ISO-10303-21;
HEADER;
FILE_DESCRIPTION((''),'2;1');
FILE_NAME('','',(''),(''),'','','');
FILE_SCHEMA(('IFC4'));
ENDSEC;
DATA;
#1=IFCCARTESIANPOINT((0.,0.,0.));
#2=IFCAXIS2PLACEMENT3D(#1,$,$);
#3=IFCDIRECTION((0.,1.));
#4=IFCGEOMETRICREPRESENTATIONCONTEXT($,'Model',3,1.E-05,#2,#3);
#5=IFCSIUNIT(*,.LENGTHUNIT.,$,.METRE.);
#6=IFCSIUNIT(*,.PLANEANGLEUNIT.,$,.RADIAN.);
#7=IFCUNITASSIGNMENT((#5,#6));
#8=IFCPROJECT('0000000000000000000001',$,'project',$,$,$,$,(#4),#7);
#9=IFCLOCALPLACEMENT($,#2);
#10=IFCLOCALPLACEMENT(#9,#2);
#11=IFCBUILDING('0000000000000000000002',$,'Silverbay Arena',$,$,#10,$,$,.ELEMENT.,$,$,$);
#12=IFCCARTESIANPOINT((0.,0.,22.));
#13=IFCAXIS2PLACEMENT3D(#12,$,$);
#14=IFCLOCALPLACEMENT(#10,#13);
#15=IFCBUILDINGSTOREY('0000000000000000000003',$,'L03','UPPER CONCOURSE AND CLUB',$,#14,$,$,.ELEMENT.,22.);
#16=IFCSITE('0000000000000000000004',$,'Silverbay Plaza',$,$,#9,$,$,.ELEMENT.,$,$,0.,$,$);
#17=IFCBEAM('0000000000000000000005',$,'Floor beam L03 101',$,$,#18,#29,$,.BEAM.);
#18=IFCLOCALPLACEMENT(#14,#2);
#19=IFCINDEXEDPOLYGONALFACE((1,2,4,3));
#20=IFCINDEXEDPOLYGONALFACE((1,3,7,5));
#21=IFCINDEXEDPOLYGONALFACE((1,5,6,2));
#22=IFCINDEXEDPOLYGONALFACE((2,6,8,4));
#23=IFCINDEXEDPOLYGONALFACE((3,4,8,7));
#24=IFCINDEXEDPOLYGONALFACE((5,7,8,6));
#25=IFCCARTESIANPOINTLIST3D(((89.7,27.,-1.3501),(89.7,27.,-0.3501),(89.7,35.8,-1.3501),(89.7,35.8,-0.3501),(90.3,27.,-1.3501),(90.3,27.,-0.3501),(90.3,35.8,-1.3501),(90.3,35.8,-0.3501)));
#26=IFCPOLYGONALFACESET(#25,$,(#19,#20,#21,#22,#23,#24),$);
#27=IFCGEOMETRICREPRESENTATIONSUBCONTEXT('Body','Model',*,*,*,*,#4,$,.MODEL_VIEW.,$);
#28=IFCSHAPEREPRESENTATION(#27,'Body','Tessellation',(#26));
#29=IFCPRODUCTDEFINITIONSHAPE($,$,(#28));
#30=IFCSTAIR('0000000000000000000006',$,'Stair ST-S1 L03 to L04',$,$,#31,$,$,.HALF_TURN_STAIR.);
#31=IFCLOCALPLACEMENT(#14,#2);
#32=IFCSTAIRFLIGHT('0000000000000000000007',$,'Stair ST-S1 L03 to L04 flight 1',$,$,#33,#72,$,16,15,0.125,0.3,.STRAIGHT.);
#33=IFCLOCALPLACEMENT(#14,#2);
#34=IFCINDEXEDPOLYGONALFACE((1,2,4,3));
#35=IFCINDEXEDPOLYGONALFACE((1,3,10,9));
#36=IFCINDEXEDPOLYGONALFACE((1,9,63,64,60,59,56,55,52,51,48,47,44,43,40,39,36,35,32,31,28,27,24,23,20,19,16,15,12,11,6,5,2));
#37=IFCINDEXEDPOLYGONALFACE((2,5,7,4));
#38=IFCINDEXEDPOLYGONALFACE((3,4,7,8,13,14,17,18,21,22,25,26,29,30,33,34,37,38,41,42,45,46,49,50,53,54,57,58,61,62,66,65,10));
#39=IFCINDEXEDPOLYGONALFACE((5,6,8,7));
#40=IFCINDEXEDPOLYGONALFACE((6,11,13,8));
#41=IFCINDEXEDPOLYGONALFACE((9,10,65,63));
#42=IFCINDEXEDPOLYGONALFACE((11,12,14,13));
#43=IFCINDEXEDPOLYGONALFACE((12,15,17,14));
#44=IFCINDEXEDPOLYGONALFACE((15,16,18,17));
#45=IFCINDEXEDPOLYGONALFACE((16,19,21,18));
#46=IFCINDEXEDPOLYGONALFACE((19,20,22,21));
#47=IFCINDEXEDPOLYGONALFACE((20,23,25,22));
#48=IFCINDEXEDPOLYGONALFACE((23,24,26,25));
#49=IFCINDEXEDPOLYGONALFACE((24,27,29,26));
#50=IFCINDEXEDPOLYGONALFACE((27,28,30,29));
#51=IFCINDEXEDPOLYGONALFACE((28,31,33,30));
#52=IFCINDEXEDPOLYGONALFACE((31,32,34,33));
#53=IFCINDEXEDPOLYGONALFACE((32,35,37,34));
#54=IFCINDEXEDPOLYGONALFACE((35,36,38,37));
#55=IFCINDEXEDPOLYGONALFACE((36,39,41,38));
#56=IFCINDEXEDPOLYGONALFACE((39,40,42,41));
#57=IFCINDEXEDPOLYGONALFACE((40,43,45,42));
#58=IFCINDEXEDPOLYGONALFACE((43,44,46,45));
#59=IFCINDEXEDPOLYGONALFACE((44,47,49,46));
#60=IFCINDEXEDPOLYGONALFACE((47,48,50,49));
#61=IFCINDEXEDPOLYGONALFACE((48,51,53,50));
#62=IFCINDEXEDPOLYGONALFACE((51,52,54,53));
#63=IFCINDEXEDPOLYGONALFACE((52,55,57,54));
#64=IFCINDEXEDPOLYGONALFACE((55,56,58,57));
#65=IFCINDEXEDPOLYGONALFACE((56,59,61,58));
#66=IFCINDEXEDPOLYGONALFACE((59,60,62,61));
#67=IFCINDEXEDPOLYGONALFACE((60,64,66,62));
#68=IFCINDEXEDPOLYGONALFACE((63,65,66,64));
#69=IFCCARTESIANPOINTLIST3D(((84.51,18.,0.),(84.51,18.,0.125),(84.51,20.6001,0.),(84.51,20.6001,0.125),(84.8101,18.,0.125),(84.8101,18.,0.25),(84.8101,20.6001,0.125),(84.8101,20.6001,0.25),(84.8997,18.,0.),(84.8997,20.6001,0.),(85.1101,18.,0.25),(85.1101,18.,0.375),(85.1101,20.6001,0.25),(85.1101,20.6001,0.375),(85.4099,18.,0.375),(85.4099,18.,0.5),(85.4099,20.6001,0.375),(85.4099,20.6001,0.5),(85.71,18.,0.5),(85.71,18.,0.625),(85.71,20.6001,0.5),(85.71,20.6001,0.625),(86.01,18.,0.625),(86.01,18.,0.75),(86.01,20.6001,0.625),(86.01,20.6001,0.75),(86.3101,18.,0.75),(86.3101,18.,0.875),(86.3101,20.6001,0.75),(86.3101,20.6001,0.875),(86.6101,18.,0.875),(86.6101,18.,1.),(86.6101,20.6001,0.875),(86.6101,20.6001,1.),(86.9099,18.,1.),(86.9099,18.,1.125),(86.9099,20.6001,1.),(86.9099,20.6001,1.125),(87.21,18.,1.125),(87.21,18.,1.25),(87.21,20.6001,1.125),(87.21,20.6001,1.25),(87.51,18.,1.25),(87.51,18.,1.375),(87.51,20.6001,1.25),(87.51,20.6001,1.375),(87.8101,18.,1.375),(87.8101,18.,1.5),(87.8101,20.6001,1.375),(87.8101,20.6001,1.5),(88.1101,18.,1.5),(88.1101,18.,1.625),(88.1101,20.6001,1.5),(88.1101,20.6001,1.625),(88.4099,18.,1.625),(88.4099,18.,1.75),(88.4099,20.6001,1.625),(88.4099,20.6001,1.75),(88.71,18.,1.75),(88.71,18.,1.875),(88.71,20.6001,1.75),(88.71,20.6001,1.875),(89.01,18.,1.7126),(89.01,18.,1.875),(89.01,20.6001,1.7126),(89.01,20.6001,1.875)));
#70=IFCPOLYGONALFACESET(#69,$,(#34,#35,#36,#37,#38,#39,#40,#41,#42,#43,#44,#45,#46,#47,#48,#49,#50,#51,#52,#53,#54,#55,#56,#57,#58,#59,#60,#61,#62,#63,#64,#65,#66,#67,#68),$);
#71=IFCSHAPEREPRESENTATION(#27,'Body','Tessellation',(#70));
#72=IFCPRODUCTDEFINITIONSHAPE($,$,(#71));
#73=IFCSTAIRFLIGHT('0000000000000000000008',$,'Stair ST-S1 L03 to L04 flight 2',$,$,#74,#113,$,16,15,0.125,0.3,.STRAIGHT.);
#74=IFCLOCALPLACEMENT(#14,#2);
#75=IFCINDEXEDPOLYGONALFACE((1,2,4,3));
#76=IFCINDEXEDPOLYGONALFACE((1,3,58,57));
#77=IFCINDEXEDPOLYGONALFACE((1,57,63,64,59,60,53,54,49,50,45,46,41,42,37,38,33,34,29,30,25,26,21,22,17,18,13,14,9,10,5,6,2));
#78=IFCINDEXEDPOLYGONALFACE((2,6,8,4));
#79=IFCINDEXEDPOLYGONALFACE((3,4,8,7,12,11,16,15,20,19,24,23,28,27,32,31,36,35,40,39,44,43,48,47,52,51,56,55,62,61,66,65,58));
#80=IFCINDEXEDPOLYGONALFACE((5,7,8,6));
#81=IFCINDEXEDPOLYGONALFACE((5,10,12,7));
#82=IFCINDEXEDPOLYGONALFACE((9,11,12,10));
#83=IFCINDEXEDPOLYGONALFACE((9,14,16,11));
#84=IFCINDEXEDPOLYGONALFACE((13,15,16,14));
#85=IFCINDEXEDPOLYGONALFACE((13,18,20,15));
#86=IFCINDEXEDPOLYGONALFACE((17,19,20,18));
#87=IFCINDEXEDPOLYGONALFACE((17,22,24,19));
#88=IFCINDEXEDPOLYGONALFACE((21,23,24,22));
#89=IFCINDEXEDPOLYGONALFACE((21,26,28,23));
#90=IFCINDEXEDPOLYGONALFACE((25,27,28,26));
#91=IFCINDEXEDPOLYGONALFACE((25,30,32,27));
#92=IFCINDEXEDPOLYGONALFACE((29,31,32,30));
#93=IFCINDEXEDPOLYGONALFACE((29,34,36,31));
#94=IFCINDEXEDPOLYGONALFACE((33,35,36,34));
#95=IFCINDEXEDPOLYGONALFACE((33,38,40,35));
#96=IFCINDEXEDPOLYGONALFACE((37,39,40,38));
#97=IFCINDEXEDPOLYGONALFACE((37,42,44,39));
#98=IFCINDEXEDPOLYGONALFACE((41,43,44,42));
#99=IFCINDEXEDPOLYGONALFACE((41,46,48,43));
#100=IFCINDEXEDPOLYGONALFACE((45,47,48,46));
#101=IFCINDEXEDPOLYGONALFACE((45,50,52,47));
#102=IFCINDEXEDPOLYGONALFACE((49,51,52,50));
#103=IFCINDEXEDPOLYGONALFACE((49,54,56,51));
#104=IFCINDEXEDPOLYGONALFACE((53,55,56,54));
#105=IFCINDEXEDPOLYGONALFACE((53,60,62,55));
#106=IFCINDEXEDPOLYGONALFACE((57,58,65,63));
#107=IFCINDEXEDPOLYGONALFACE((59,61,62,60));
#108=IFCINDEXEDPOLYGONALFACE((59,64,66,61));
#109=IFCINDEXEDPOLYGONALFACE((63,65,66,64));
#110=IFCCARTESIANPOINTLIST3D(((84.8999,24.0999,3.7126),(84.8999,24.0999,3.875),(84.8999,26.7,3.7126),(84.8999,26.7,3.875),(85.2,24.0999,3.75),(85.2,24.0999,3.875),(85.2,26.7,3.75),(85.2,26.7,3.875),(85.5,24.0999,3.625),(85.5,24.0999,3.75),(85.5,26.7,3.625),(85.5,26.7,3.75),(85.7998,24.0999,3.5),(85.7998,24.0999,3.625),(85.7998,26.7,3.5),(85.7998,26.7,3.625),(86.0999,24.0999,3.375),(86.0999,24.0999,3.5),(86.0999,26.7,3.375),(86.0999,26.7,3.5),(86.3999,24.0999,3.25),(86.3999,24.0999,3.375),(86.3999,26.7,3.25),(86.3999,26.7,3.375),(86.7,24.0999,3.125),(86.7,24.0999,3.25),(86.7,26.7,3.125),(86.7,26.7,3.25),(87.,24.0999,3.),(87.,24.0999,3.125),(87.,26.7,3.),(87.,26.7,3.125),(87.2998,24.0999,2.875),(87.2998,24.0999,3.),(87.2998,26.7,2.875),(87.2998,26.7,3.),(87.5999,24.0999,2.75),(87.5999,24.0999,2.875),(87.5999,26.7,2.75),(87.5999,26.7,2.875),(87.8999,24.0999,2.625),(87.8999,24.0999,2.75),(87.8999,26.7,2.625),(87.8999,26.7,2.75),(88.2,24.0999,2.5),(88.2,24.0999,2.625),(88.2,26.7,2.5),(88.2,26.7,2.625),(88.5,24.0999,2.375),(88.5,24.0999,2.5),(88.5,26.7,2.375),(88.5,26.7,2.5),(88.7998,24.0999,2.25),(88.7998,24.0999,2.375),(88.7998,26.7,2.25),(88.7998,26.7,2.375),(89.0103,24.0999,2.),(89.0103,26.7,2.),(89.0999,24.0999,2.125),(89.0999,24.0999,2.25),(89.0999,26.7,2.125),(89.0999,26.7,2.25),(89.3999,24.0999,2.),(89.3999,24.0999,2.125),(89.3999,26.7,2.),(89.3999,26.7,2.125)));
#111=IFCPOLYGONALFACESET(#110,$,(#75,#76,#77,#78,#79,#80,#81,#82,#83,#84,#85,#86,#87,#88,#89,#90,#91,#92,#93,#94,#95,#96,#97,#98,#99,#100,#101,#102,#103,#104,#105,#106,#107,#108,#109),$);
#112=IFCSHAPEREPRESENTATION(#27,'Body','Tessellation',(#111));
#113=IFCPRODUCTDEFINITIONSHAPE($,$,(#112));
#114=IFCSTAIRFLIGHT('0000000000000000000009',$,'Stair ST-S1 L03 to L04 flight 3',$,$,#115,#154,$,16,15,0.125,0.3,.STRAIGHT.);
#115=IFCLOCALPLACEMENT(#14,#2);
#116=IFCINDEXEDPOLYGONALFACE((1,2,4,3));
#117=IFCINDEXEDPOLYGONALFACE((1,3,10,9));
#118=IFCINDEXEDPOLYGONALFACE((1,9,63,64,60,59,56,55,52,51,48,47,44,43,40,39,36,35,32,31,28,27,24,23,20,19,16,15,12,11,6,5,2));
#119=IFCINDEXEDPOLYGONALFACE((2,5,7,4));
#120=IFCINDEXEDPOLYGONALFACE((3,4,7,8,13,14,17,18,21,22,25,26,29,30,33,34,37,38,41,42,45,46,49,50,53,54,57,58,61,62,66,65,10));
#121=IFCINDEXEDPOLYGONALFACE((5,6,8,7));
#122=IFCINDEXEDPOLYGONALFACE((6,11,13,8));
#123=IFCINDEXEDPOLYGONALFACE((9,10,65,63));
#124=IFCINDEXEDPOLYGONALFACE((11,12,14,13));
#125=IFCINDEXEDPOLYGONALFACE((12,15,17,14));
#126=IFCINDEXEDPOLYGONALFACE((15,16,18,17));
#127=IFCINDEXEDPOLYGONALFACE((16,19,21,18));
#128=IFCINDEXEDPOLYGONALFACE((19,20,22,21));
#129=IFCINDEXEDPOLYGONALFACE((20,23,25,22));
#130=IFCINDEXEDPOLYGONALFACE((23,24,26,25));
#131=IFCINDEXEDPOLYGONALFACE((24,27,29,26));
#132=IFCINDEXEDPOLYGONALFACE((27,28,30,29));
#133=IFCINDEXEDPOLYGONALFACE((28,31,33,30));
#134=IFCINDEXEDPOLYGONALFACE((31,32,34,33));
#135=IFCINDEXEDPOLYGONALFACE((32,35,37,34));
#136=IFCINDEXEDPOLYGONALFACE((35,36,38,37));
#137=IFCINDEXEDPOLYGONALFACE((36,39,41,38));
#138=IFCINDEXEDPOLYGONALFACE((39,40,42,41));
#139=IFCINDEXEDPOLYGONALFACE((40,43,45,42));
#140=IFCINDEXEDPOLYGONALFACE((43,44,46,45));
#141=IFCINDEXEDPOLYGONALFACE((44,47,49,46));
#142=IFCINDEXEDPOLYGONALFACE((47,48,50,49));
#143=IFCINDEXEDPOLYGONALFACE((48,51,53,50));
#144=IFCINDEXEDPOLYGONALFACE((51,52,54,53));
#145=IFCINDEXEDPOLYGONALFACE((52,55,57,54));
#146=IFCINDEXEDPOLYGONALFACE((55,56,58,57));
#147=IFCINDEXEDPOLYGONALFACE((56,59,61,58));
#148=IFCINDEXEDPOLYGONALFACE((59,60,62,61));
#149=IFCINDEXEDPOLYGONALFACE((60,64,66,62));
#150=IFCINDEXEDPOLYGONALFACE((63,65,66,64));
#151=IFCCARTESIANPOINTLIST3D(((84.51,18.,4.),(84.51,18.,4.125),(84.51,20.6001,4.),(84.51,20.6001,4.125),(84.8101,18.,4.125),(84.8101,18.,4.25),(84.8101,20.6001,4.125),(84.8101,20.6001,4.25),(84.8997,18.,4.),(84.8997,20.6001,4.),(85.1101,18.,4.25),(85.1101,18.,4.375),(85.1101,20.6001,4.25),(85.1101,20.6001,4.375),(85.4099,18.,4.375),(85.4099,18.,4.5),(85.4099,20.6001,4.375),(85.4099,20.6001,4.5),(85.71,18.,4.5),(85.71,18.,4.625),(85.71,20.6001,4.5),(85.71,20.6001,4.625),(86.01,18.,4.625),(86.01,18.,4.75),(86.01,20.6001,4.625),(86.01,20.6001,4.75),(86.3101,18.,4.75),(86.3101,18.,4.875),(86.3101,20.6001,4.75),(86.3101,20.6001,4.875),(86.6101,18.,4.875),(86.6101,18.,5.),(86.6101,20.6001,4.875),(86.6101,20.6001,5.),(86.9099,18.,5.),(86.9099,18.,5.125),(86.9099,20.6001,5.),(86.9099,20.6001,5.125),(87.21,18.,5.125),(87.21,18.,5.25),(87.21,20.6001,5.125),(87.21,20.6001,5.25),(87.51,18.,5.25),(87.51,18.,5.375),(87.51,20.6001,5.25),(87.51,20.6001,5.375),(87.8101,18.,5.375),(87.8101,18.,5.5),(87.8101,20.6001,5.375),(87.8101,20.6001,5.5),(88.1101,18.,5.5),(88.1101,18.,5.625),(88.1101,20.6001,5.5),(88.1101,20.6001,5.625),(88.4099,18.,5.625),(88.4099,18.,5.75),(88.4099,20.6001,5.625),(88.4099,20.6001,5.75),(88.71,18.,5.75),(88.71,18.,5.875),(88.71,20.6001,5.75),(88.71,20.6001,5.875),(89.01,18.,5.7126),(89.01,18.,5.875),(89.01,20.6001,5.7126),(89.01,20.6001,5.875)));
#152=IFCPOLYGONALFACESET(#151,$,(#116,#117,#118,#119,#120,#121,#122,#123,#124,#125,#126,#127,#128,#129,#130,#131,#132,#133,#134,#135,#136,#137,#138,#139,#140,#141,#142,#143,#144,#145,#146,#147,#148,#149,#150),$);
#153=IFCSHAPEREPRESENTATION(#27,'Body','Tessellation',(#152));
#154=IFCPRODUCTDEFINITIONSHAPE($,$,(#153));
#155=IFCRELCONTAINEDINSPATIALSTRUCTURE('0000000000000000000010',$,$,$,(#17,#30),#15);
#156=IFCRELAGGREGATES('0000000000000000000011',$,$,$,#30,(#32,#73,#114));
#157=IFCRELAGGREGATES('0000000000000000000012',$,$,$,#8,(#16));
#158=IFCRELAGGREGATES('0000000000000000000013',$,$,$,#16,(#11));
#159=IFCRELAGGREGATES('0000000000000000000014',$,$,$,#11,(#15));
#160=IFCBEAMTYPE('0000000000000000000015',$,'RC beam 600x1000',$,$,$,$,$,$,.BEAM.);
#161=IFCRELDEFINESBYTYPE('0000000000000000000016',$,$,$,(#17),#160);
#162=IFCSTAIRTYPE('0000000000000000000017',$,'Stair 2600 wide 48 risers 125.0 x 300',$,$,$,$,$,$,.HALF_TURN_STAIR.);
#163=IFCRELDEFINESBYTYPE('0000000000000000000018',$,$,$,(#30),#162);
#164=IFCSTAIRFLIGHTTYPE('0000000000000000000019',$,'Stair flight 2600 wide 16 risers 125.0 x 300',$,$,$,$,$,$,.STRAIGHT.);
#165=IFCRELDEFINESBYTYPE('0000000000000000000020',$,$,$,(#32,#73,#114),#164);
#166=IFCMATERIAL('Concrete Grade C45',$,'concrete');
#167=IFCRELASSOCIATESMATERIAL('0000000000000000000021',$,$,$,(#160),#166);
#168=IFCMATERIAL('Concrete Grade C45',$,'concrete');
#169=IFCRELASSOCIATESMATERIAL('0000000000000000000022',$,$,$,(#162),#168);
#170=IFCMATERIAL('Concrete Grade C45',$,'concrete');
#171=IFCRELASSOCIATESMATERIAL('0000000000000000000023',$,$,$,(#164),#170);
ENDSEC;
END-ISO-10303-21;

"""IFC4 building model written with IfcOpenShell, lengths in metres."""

from ifc_helpers import new_model, si_unit, direction, frame, origin, origin_2d, place, context, subcontext, project, spatial, polyline, rectangle, outline, extrude, material, material_profile, profile_set, type_object, element, aggregate, save


model = new_model("IFC4")

# Units and contexts
model_context = context("Model", 3, precision=1e-05, world=origin(), true_north=direction((0.0, 1.0)))
body_context = subcontext(model_context, "Body", "Model", "MODEL_VIEW")
ifc_project = project(units=[si_unit("LENGTHUNIT", "METRE"), si_unit("PLANEANGLEUNIT", "RADIAN")], contexts=[model_context])

# Site, building, storey
site_placement = place(None, origin())
site = spatial("IfcSite", under=ifc_project, at=site_placement, Name="Silverbay Plaza", CompositionType="ELEMENT", RefElevation=0.0)
building_placement = place(site_placement, origin())
building = spatial("IfcBuilding", under=site, at=building_placement, Name="Silverbay Arena", CompositionType="ELEMENT")
storey_placement = place(building_placement, frame((0.0, 0.0, 22.0)))
storey = spatial("IfcBuildingStorey", under=building, at=storey_placement, Name="L03", Description="UPPER CONCOURSE AND CLUB", CompositionType="ELEMENT", Elevation=22.0)

# Beam
ifc_material_1 = material(Name="Concrete Grade C45", Category="concrete")
ifc_material_profile_1 = material_profile(ifc_material_1, rectangle(XDim=0.6001, YDim=1.0, at=origin_2d()), Name="RC 600x1000")
ifc_profile_set_1 = profile_set([ifc_material_profile_1], Name="Concrete Grade C45")
beam_type = type_object("IfcBeamType", Name="RC beam 600x1000", PredefinedType="BEAM", material=ifc_profile_set_1)
beam_placement = place(storey_placement, frame((90.0, 27.0, -0.8501), z_axis=(0.0, 1.0, 0.0), x_axis=(-1.0, 0.0, 0.0)))
element("IfcBeam", 1, at=beam_placement, inside=storey, type_object=beam_type, Name="Floor beam L03 101", PredefinedType="BEAM", context=body_context, shape_type="SweptSolid", body=[
    extrude(rectangle(XDim=0.6001, YDim=1.0, at=origin_2d()), origin(), (0.0, 0.0, 1.0), 8.8),
])

# Stair, stair flights
ifc_material_2 = material(Name="Concrete Grade C45", Category="concrete")
stair_type = type_object("IfcStairType", Name="Stair 2600 wide 48 risers 125.0 x 300", PredefinedType="HALF_TURN_STAIR", material=ifc_material_2)
stair_placement = place(storey_placement, origin())
stair = element("IfcStair", 2, at=stair_placement, inside=storey, type_object=stair_type, Name="Stair ST-S1 L03 to L04", PredefinedType="HALF_TURN_STAIR")
ifc_material_3 = material(Name="Concrete Grade C45", Category="concrete")
stair_flight_type = type_object("IfcStairFlightType", Name="Stair flight 2600 wide 16 risers 125.0 x 300", PredefinedType="STRAIGHT", material=ifc_material_3)
stair_flight_1_placement = place(storey_placement, frame((84.51, 19.3, 0.0), z_axis=(0.0, 0.0, 1.0), x_axis=(1.0, 0.0, 0.0)))
stair_flight_1 = element("IfcStairFlight", 3, at=stair_flight_1_placement, type_object=stair_flight_type, Name="Stair ST-S1 L03 to L04 flight 1", NumberOfRisers=16, NumberOfTreads=15, PredefinedType="STRAIGHT", RiserHeight=0.125, TreadLength=0.3, context=body_context, shape_type="SweptSolid", body=[
    extrude(outline(polyline([(0.0, 0.0), (0.0, 0.125), (0.3, 0.125), (0.3, 0.25), (0.6001, 0.25), (0.6001, 0.375), (0.8999, 0.375), (0.8999, 0.5), (1.2, 0.5), (1.2, 0.625), (1.5, 0.625), (1.5, 0.75), (1.8, 0.75), (1.8, 0.875), (2.1001, 0.875), (2.1001, 1.0), (2.3999, 1.0), (2.3999, 1.125), (2.7, 1.125), (2.7, 1.25), (3.0, 1.25), (3.0, 1.375), (3.3, 1.375), (3.3, 1.5), (3.6001, 1.5), (3.6001, 1.625), (3.8999, 1.625), (3.8999, 1.75), (4.2, 1.75), (4.2, 1.875), (4.5, 1.875), (4.5, 1.7126), (0.3896, 0.0), (0.0, 0.0)])), frame((0.0, 1.3, 0.0), z_axis=(0.0, -1.0, 0.0), x_axis=(1.0, 0.0, 0.0)), (0.0, 0.0, 1.0), 2.6001),
])
stair_flight_2_placement = place(storey_placement, frame((89.3999, 25.3999, 2.0), z_axis=(0.0, 0.0, 1.0), x_axis=(-1.0, 0.0, 0.0)))
stair_flight_2 = element("IfcStairFlight", 4, at=stair_flight_2_placement, type_object=stair_flight_type, Name="Stair ST-S1 L03 to L04 flight 2", NumberOfRisers=16, NumberOfTreads=15, PredefinedType="STRAIGHT", RiserHeight=0.125, TreadLength=0.3, context=body_context, shape_type="SweptSolid", body=[
    extrude(outline(polyline([(0.0, 0.0), (0.0, 0.125), (0.3, 0.125), (0.3, 0.25), (0.6001, 0.25), (0.6001, 0.375), (0.8999, 0.375), (0.8999, 0.5), (1.2, 0.5), (1.2, 0.625), (1.5, 0.625), (1.5, 0.75), (1.8, 0.75), (1.8, 0.875), (2.1001, 0.875), (2.1001, 1.0), (2.3999, 1.0), (2.3999, 1.125), (2.7, 1.125), (2.7, 1.25), (3.0, 1.25), (3.0, 1.375), (3.3, 1.375), (3.3, 1.5), (3.6001, 1.5), (3.6001, 1.625), (3.8999, 1.625), (3.8999, 1.75), (4.2, 1.75), (4.2, 1.875), (4.5, 1.875), (4.5, 1.7126), (0.3896, 0.0), (0.0, 0.0)])), frame((0.0, 1.3, 0.0), z_axis=(0.0, -1.0, 0.0), x_axis=(1.0, 0.0, 0.0)), (0.0, 0.0, 1.0), 2.6001),
])
stair_flight_3_placement = place(storey_placement, frame((84.51, 19.3, 4.0), z_axis=(0.0, 0.0, 1.0), x_axis=(1.0, 0.0, 0.0)))
stair_flight_3 = element("IfcStairFlight", 5, at=stair_flight_3_placement, type_object=stair_flight_type, Name="Stair ST-S1 L03 to L04 flight 3", NumberOfRisers=16, NumberOfTreads=15, PredefinedType="STRAIGHT", RiserHeight=0.125, TreadLength=0.3, context=body_context, shape_type="SweptSolid", body=[
    extrude(outline(polyline([(0.0, 0.0), (0.0, 0.125), (0.3, 0.125), (0.3, 0.25), (0.6001, 0.25), (0.6001, 0.375), (0.8999, 0.375), (0.8999, 0.5), (1.2, 0.5), (1.2, 0.625), (1.5, 0.625), (1.5, 0.75), (1.8, 0.75), (1.8, 0.875), (2.1001, 0.875), (2.1001, 1.0), (2.3999, 1.0), (2.3999, 1.125), (2.7, 1.125), (2.7, 1.25), (3.0, 1.25), (3.0, 1.375), (3.3, 1.375), (3.3, 1.5), (3.6001, 1.5), (3.6001, 1.625), (3.8999, 1.625), (3.8999, 1.75), (4.2, 1.75), (4.2, 1.875), (4.5, 1.875), (4.5, 1.7126), (0.3896, 0.0), (0.0, 0.0)])), frame((0.0, 1.3, 0.0), z_axis=(0.0, -1.0, 0.0), x_axis=(1.0, 0.0, 0.0)), (0.0, 0.0, 1.0), 2.6001),
])
aggregate(stair, [stair_flight_1, stair_flight_2, stair_flight_3])

save(model, "model.ifc")
